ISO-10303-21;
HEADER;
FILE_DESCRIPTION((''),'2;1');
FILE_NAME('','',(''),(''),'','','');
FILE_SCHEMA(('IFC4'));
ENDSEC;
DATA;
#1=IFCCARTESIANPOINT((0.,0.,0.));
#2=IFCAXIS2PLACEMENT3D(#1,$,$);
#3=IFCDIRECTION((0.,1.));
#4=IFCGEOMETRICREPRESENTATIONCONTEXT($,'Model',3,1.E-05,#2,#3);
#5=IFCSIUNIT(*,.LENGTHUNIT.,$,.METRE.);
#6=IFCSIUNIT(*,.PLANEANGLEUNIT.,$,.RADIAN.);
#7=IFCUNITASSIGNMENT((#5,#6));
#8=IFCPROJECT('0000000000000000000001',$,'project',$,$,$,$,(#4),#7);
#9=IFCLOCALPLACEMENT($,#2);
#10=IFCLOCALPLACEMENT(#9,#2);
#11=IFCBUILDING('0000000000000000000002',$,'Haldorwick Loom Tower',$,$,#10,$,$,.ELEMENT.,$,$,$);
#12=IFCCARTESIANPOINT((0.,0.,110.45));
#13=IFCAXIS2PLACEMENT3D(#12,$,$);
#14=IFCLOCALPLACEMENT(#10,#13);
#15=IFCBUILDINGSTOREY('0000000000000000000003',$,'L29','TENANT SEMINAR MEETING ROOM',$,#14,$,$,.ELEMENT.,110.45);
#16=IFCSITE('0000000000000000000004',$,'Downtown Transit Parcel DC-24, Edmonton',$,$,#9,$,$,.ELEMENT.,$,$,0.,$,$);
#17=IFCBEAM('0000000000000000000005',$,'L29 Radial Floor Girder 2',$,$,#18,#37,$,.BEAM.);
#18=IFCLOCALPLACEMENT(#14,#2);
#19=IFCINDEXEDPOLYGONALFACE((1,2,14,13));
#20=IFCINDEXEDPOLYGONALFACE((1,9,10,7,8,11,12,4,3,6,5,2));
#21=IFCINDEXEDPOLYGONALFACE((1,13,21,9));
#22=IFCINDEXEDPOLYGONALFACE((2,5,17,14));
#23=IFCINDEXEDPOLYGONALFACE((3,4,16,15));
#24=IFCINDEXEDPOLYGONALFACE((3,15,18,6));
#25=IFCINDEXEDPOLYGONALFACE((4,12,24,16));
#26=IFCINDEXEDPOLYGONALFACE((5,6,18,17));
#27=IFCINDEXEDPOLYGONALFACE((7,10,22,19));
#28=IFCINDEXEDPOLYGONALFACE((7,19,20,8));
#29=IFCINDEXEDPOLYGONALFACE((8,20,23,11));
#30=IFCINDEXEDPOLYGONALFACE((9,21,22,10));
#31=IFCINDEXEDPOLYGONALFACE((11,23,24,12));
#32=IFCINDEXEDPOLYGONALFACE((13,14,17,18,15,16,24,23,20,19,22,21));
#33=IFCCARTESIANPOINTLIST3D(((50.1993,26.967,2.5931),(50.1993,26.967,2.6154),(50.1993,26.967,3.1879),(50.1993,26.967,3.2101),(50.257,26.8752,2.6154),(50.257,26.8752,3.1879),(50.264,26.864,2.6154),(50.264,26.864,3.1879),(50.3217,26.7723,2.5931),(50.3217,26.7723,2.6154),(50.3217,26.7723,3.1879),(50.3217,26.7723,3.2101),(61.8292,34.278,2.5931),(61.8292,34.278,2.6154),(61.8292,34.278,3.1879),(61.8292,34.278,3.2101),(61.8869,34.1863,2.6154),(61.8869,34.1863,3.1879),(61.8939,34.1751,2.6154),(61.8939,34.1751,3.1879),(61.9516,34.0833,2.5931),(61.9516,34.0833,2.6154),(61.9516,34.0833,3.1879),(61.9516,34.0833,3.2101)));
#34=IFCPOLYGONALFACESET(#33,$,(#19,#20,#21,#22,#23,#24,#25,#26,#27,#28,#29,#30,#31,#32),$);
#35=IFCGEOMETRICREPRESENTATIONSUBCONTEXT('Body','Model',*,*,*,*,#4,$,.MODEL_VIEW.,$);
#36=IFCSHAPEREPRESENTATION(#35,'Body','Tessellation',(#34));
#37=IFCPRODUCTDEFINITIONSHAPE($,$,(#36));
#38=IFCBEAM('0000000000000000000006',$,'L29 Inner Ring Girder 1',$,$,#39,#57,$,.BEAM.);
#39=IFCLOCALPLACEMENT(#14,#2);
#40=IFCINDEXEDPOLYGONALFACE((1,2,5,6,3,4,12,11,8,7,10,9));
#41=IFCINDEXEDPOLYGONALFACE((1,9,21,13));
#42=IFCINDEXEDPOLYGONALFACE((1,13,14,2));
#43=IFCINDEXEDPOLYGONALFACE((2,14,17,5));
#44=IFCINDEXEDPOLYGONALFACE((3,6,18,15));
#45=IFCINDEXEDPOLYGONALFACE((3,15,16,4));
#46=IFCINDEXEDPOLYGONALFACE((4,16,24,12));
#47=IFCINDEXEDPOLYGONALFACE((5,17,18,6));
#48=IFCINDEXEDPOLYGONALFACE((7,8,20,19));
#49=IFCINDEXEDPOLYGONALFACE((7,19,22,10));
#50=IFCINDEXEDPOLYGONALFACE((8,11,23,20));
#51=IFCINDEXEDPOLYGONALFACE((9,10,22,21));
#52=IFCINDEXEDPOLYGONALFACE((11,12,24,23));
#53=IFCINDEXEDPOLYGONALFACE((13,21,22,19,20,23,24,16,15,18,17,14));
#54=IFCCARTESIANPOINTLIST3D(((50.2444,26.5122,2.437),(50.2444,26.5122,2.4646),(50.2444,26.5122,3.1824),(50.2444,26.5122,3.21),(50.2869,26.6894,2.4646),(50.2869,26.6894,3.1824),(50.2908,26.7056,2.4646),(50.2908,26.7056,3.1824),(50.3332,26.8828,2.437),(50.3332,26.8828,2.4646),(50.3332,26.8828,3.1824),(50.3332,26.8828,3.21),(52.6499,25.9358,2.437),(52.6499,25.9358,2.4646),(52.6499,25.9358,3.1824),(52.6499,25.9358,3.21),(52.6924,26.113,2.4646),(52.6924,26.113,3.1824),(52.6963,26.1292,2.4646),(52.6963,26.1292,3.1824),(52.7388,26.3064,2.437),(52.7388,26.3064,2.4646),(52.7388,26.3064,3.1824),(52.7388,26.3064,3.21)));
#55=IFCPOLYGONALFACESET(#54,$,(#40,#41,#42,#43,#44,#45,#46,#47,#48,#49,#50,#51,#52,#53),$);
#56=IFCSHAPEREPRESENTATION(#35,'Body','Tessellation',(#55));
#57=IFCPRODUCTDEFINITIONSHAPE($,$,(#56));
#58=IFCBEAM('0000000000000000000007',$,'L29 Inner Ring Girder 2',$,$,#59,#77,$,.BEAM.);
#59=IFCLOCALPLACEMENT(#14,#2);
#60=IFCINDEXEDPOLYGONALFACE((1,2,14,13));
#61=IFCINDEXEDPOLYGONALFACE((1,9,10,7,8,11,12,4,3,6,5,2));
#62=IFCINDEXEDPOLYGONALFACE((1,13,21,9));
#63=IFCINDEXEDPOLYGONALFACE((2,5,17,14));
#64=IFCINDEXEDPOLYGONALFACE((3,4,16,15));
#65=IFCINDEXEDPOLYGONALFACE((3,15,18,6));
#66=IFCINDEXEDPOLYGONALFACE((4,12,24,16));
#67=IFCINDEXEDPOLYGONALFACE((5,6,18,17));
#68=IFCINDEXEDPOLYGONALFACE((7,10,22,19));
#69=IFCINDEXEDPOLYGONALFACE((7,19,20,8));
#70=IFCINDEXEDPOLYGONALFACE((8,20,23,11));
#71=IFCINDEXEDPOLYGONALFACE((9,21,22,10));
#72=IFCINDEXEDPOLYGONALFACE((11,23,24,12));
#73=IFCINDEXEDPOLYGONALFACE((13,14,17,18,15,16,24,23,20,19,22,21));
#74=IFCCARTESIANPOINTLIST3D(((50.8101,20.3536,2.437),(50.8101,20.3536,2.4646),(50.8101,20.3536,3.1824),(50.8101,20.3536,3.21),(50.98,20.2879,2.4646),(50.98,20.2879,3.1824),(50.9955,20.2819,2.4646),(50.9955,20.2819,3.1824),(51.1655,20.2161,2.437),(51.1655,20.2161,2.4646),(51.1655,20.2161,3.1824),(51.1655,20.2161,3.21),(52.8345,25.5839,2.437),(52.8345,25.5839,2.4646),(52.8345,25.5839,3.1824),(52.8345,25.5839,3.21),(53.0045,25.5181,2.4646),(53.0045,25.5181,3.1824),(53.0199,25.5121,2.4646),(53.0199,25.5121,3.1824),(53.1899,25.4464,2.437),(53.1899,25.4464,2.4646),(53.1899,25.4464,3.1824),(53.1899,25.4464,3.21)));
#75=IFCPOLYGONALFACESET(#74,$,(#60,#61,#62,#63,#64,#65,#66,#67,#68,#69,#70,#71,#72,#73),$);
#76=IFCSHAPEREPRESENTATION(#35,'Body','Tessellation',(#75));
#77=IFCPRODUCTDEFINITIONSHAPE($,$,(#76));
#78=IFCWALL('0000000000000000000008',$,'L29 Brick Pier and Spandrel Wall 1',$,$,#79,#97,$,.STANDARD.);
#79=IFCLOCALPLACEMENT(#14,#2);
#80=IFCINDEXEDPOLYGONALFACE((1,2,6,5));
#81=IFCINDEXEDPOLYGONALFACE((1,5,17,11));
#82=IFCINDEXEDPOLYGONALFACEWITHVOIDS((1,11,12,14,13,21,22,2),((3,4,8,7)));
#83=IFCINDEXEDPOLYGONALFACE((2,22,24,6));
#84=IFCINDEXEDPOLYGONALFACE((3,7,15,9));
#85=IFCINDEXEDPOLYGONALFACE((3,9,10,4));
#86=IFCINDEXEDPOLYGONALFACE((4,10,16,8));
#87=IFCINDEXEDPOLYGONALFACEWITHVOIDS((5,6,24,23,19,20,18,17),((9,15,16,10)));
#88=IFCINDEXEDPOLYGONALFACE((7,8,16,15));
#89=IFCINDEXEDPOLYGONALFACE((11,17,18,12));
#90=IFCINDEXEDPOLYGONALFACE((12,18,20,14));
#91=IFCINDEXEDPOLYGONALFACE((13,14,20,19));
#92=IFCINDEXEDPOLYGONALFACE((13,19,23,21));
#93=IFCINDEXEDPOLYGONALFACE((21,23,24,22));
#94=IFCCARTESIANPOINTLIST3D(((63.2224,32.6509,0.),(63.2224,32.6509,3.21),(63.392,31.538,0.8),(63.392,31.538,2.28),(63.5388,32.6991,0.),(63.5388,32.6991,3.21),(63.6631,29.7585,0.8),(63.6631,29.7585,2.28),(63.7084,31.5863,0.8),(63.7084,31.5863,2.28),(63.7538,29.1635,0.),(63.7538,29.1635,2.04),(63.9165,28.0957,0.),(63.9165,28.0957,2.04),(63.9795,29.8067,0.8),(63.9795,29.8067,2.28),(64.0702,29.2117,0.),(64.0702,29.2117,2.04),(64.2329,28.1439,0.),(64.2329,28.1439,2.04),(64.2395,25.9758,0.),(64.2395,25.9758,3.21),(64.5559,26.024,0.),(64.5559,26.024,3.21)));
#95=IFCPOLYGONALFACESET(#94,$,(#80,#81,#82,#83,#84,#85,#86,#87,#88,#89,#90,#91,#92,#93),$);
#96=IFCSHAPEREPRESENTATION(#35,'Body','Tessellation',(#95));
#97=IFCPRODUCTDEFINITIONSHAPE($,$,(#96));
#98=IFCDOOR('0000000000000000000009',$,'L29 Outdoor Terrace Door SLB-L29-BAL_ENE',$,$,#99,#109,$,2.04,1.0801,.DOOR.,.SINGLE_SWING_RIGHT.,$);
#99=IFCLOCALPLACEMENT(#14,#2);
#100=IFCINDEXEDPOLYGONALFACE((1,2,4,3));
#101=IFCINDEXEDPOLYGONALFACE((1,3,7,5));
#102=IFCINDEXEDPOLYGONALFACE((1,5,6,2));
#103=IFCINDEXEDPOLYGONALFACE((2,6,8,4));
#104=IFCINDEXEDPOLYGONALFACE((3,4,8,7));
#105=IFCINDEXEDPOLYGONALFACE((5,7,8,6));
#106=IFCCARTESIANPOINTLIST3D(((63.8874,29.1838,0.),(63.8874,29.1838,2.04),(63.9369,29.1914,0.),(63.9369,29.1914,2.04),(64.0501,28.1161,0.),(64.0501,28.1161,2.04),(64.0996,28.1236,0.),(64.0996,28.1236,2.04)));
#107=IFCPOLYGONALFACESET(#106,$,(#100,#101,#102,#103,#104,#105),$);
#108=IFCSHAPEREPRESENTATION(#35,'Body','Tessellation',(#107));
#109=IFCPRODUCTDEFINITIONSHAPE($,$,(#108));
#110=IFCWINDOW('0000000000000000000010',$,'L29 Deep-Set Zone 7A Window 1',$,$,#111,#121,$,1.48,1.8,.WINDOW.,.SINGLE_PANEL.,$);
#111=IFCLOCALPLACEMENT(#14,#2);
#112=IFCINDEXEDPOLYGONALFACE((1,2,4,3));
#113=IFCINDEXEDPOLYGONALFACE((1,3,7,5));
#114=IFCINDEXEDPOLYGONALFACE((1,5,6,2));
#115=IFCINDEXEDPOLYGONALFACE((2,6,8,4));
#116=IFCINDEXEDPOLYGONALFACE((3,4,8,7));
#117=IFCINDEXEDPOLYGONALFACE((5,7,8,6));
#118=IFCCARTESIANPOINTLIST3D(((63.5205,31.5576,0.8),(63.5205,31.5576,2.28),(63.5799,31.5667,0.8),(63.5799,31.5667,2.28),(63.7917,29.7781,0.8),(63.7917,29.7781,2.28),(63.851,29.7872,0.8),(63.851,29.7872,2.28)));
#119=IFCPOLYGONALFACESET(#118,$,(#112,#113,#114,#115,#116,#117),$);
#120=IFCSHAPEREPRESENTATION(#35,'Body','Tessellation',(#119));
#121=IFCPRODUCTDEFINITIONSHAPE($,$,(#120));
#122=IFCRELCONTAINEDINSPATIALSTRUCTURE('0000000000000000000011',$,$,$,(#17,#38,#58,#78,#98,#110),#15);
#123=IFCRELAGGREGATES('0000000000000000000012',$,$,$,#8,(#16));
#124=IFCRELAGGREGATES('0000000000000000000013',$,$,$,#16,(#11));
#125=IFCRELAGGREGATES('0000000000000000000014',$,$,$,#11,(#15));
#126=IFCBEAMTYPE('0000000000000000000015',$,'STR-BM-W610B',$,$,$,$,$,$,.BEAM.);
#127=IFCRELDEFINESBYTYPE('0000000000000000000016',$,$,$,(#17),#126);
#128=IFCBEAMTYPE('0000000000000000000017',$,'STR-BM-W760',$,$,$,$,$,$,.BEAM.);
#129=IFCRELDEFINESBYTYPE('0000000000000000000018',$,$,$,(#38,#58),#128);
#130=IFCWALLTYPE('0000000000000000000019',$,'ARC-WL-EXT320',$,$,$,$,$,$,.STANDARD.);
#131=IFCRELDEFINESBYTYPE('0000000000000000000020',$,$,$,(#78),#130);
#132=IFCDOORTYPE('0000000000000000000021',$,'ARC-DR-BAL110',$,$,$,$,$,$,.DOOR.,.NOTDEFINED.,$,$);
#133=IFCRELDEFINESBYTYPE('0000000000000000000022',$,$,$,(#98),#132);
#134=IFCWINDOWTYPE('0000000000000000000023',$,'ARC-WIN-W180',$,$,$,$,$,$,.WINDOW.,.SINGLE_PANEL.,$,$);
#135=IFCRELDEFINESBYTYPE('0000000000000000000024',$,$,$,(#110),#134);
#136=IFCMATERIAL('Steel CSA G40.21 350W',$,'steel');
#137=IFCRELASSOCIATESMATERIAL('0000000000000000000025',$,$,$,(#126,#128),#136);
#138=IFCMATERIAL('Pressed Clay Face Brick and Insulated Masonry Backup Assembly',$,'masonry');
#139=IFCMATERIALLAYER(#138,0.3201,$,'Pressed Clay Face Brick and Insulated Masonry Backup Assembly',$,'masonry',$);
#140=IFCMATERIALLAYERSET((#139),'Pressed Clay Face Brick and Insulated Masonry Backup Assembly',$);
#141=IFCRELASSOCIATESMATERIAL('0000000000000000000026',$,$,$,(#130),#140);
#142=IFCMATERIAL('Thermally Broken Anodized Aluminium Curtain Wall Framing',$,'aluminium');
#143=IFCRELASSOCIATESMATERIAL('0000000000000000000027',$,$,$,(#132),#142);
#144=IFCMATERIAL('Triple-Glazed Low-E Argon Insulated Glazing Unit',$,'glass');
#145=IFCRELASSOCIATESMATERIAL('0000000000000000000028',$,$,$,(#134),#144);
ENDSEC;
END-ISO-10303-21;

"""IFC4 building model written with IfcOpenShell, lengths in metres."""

from ifc_helpers import new_model, si_unit, direction, frame, frame_2d, origin, origin_2d, place, context, subcontext, project, spatial, rectangle, i_section, extrude, material, layer, layer_set, material_profile, profile_set, type_object, element, fill, save


model = new_model("IFC4")

# Units and contexts
model_context = context("Model", 3, precision=1e-05, world=origin(), true_north=direction((0.0, 1.0)))
body_context = subcontext(model_context, "Body", "Model", "MODEL_VIEW")
ifc_project = project(units=[si_unit("LENGTHUNIT", "METRE"), si_unit("PLANEANGLEUNIT", "RADIAN")], contexts=[model_context])

# Site, building, storey
site_placement = place(None, origin())
site = spatial("IfcSite", under=ifc_project, at=site_placement, Name="Downtown Transit Parcel DC-24, Edmonton", CompositionType="ELEMENT", RefElevation=0.0)
building_placement = place(site_placement, origin())
building = spatial("IfcBuilding", under=site, at=building_placement, Name="Haldorwick Loom Tower", CompositionType="ELEMENT")
storey_placement = place(building_placement, frame((0.0, 0.0, 110.45)))
storey = spatial("IfcBuildingStorey", under=building, at=storey_placement, Name="L29", Description="TENANT SEMINAR MEETING ROOM", CompositionType="ELEMENT", Elevation=110.45)

# Beams
ifc_material_1 = material(Name="Steel CSA G40.21 350W", Category="steel")
ifc_material_profile_1 = material_profile(ifc_material_1, i_section(OverallWidth=0.23, OverallDepth=0.6169, WebThickness=0.0132, FlangeThickness=0.0222, at=origin_2d()), Name="W610X140", Category="steel")
ifc_profile_set_1 = profile_set([ifc_material_profile_1], Name="Steel CSA G40.21 350W")
beam_type_1 = type_object("IfcBeamType", Name="STR-BM-W610B", PredefinedType="BEAM", material=ifc_profile_set_1)
beam_1_placement = place(storey_placement, frame((50.2605, 26.8696, 2.9016), z_axis=(0.84661, 0.532214, 0.0), x_axis=(-0.532214, 0.84661, 0.0)))
element("IfcBeam", 1, at=beam_1_placement, inside=storey, type_object=beam_type_1, Name="L29 Radial Floor Girder 2", PredefinedType="BEAM", context=body_context, shape_type="SweptSolid", body=[
    extrude(i_section(OverallWidth=0.23, OverallDepth=0.6169, WebThickness=0.0132, FlangeThickness=0.0222, at=origin_2d()), origin(), (0.0, 0.0, 1.0), 13.7371),
])
ifc_material_profile_2 = material_profile(ifc_material_1, i_section(OverallWidth=0.3811, OverallDepth=0.7729, WebThickness=0.0166, FlangeThickness=0.0276, at=origin_2d()), Name="W760X257", Category="steel")
ifc_profile_set_2 = profile_set([ifc_material_profile_2], Name="Steel CSA G40.21 350W")
beam_type_2 = type_object("IfcBeamType", Name="STR-BM-W760", PredefinedType="BEAM", material=ifc_profile_set_2)
beam_2_placement = place(storey_placement, frame((50.2888, 26.6975, 2.8235), z_axis=(0.972471, -0.233026, 0.0), x_axis=(0.233026, 0.972471, 0.0)))
element("IfcBeam", 2, at=beam_2_placement, inside=storey, type_object=beam_type_2, Name="L29 Inner Ring Girder 1", PredefinedType="BEAM", context=body_context, shape_type="SweptSolid", body=[
    extrude(i_section(OverallWidth=0.3811, OverallDepth=0.7729, WebThickness=0.0166, FlangeThickness=0.0276, at=origin_2d()), origin(), (0.0, 0.0, 1.0), 2.4736),
])
beam_3_placement = place(storey_placement, frame((53.0122, 25.5151, 2.8235), z_axis=(-0.360965, -0.932579, 0.0), x_axis=(0.932579, -0.360965, 0.0)))
element("IfcBeam", 3, at=beam_3_placement, inside=storey, type_object=beam_type_2, Name="L29 Inner Ring Girder 2", PredefinedType="BEAM", context=body_context, shape_type="SweptSolid", body=[
    extrude(i_section(OverallWidth=0.3811, OverallDepth=0.7729, WebThickness=0.0166, FlangeThickness=0.0276, at=origin_2d()), origin(), (0.0, 0.0, 1.0), 5.6084),
])

# Wall, openings, door, window
ifc_material_2 = material(Name="Pressed Clay Face Brick and Insulated Masonry Backup Assembly", Category="masonry")
ifc_layer_1 = layer(ifc_material_2, 0.3201, Name="Pressed Clay Face Brick and Insulated Masonry Backup Assembly", Category="masonry")
ifc_layer_set_1 = layer_set([ifc_layer_1], Name="Pressed Clay Face Brick and Insulated Masonry Backup Assembly")
wall_type_1 = type_object("IfcWallType", Name="ARC-WL-EXT320", PredefinedType="STANDARD", material=ifc_layer_set_1)
wall_1_placement = place(storey_placement, frame((64.3977, 26.0, 0.0), z_axis=(0.0, 0.0, 1.0), x_axis=(-0.150633, 0.98859, 0.0)))
wall_1 = element("IfcWall", 4, at=wall_1_placement, inside=storey, type_object=wall_type_1, Name="L29 Brick Pier and Spandrel Wall 1", PredefinedType="STANDARD", context=body_context, shape_type="SweptSolid", body=[
    extrude(rectangle(XDim=6.7522, YDim=0.3201, at=frame_2d((3.376, 0.0))), origin(), (0.0, 0.0, 1.0), 3.21),
])
opening_1_placement = place(wall_1_placement, frame((2.1443, 0.0, 0.0)))
opening_1 = element("IfcOpeningElement", 5, at=opening_1_placement, cuts=wall_1, PredefinedType="OPENING", context=body_context, shape_type="SweptSolid", body=[
    extrude(rectangle(XDim=1.0801, YDim=2.04, at=frame_2d((0.54, 1.02))), frame((0.0, 0.1699, 0.0), z_axis=(0.0, -1.0, 0.0), x_axis=(1.0, 0.0, 0.0)), (0.0, 0.0, 1.0), 0.3401),
])
opening_2_placement = place(wall_1_placement, frame((3.8264, 0.0, 0.8)))
opening_2 = element("IfcOpeningElement", 6, at=opening_2_placement, cuts=wall_1, PredefinedType="OPENING", context=body_context, shape_type="SweptSolid", body=[
    extrude(rectangle(XDim=1.8, YDim=1.48, at=frame_2d((0.8999, 0.74))), frame((0.0, 0.1699, 0.0), z_axis=(0.0, -1.0, 0.0), x_axis=(1.0, 0.0, 0.0)), (0.0, 0.0, 1.0), 0.3401),
])
ifc_material_3 = material(Name="Thermally Broken Anodized Aluminium Curtain Wall Framing", Category="aluminium")
door_type_1 = type_object("IfcDoorType", Name="ARC-DR-BAL110", OperationType="NOTDEFINED", PredefinedType="DOOR", material=ifc_material_3)
door_1_placement = place(opening_1_placement, origin())
door_1 = element("IfcDoor", 7, at=door_1_placement, inside=storey, type_object=door_type_1, Name="L29 Outdoor Terrace Door SLB-L29-BAL_ENE", OperationType="SINGLE_SWING_RIGHT", OverallHeight=2.04, OverallWidth=1.0801, PredefinedType="DOOR", context=body_context, shape_type="SweptSolid", body=[
    extrude(rectangle(XDim=1.0801, YDim=2.04, at=frame_2d((0.54, 1.02))), frame((0.0, 0.0249, 0.0), z_axis=(0.0, -1.0, 0.0), x_axis=(1.0, 0.0, 0.0)), (0.0, 0.0, 1.0), 0.05),
])
fill(opening_1, door_1)
ifc_material_4 = material(Name="Triple-Glazed Low-E Argon Insulated Glazing Unit", Category="glass")
window_type = type_object("IfcWindowType", Name="ARC-WIN-W180", PartitioningType="SINGLE_PANEL", PredefinedType="WINDOW", material=ifc_material_4)
window_placement = place(opening_2_placement, origin())
window = element("IfcWindow", 8, at=window_placement, inside=storey, type_object=window_type, Name="L29 Deep-Set Zone 7A Window 1", OverallHeight=1.48, OverallWidth=1.8, PartitioningType="SINGLE_PANEL", PredefinedType="WINDOW", context=body_context, shape_type="SweptSolid", body=[
    extrude(rectangle(XDim=1.8, YDim=1.48, at=frame_2d((0.8999, 0.74))), frame((0.0, 0.03, 0.0), z_axis=(0.0, -1.0, 0.0), x_axis=(1.0, 0.0, 0.0)), (0.0, 0.0, 1.0), 0.0601),
])
fill(opening_2, window)

save(model, "model.ifc")
